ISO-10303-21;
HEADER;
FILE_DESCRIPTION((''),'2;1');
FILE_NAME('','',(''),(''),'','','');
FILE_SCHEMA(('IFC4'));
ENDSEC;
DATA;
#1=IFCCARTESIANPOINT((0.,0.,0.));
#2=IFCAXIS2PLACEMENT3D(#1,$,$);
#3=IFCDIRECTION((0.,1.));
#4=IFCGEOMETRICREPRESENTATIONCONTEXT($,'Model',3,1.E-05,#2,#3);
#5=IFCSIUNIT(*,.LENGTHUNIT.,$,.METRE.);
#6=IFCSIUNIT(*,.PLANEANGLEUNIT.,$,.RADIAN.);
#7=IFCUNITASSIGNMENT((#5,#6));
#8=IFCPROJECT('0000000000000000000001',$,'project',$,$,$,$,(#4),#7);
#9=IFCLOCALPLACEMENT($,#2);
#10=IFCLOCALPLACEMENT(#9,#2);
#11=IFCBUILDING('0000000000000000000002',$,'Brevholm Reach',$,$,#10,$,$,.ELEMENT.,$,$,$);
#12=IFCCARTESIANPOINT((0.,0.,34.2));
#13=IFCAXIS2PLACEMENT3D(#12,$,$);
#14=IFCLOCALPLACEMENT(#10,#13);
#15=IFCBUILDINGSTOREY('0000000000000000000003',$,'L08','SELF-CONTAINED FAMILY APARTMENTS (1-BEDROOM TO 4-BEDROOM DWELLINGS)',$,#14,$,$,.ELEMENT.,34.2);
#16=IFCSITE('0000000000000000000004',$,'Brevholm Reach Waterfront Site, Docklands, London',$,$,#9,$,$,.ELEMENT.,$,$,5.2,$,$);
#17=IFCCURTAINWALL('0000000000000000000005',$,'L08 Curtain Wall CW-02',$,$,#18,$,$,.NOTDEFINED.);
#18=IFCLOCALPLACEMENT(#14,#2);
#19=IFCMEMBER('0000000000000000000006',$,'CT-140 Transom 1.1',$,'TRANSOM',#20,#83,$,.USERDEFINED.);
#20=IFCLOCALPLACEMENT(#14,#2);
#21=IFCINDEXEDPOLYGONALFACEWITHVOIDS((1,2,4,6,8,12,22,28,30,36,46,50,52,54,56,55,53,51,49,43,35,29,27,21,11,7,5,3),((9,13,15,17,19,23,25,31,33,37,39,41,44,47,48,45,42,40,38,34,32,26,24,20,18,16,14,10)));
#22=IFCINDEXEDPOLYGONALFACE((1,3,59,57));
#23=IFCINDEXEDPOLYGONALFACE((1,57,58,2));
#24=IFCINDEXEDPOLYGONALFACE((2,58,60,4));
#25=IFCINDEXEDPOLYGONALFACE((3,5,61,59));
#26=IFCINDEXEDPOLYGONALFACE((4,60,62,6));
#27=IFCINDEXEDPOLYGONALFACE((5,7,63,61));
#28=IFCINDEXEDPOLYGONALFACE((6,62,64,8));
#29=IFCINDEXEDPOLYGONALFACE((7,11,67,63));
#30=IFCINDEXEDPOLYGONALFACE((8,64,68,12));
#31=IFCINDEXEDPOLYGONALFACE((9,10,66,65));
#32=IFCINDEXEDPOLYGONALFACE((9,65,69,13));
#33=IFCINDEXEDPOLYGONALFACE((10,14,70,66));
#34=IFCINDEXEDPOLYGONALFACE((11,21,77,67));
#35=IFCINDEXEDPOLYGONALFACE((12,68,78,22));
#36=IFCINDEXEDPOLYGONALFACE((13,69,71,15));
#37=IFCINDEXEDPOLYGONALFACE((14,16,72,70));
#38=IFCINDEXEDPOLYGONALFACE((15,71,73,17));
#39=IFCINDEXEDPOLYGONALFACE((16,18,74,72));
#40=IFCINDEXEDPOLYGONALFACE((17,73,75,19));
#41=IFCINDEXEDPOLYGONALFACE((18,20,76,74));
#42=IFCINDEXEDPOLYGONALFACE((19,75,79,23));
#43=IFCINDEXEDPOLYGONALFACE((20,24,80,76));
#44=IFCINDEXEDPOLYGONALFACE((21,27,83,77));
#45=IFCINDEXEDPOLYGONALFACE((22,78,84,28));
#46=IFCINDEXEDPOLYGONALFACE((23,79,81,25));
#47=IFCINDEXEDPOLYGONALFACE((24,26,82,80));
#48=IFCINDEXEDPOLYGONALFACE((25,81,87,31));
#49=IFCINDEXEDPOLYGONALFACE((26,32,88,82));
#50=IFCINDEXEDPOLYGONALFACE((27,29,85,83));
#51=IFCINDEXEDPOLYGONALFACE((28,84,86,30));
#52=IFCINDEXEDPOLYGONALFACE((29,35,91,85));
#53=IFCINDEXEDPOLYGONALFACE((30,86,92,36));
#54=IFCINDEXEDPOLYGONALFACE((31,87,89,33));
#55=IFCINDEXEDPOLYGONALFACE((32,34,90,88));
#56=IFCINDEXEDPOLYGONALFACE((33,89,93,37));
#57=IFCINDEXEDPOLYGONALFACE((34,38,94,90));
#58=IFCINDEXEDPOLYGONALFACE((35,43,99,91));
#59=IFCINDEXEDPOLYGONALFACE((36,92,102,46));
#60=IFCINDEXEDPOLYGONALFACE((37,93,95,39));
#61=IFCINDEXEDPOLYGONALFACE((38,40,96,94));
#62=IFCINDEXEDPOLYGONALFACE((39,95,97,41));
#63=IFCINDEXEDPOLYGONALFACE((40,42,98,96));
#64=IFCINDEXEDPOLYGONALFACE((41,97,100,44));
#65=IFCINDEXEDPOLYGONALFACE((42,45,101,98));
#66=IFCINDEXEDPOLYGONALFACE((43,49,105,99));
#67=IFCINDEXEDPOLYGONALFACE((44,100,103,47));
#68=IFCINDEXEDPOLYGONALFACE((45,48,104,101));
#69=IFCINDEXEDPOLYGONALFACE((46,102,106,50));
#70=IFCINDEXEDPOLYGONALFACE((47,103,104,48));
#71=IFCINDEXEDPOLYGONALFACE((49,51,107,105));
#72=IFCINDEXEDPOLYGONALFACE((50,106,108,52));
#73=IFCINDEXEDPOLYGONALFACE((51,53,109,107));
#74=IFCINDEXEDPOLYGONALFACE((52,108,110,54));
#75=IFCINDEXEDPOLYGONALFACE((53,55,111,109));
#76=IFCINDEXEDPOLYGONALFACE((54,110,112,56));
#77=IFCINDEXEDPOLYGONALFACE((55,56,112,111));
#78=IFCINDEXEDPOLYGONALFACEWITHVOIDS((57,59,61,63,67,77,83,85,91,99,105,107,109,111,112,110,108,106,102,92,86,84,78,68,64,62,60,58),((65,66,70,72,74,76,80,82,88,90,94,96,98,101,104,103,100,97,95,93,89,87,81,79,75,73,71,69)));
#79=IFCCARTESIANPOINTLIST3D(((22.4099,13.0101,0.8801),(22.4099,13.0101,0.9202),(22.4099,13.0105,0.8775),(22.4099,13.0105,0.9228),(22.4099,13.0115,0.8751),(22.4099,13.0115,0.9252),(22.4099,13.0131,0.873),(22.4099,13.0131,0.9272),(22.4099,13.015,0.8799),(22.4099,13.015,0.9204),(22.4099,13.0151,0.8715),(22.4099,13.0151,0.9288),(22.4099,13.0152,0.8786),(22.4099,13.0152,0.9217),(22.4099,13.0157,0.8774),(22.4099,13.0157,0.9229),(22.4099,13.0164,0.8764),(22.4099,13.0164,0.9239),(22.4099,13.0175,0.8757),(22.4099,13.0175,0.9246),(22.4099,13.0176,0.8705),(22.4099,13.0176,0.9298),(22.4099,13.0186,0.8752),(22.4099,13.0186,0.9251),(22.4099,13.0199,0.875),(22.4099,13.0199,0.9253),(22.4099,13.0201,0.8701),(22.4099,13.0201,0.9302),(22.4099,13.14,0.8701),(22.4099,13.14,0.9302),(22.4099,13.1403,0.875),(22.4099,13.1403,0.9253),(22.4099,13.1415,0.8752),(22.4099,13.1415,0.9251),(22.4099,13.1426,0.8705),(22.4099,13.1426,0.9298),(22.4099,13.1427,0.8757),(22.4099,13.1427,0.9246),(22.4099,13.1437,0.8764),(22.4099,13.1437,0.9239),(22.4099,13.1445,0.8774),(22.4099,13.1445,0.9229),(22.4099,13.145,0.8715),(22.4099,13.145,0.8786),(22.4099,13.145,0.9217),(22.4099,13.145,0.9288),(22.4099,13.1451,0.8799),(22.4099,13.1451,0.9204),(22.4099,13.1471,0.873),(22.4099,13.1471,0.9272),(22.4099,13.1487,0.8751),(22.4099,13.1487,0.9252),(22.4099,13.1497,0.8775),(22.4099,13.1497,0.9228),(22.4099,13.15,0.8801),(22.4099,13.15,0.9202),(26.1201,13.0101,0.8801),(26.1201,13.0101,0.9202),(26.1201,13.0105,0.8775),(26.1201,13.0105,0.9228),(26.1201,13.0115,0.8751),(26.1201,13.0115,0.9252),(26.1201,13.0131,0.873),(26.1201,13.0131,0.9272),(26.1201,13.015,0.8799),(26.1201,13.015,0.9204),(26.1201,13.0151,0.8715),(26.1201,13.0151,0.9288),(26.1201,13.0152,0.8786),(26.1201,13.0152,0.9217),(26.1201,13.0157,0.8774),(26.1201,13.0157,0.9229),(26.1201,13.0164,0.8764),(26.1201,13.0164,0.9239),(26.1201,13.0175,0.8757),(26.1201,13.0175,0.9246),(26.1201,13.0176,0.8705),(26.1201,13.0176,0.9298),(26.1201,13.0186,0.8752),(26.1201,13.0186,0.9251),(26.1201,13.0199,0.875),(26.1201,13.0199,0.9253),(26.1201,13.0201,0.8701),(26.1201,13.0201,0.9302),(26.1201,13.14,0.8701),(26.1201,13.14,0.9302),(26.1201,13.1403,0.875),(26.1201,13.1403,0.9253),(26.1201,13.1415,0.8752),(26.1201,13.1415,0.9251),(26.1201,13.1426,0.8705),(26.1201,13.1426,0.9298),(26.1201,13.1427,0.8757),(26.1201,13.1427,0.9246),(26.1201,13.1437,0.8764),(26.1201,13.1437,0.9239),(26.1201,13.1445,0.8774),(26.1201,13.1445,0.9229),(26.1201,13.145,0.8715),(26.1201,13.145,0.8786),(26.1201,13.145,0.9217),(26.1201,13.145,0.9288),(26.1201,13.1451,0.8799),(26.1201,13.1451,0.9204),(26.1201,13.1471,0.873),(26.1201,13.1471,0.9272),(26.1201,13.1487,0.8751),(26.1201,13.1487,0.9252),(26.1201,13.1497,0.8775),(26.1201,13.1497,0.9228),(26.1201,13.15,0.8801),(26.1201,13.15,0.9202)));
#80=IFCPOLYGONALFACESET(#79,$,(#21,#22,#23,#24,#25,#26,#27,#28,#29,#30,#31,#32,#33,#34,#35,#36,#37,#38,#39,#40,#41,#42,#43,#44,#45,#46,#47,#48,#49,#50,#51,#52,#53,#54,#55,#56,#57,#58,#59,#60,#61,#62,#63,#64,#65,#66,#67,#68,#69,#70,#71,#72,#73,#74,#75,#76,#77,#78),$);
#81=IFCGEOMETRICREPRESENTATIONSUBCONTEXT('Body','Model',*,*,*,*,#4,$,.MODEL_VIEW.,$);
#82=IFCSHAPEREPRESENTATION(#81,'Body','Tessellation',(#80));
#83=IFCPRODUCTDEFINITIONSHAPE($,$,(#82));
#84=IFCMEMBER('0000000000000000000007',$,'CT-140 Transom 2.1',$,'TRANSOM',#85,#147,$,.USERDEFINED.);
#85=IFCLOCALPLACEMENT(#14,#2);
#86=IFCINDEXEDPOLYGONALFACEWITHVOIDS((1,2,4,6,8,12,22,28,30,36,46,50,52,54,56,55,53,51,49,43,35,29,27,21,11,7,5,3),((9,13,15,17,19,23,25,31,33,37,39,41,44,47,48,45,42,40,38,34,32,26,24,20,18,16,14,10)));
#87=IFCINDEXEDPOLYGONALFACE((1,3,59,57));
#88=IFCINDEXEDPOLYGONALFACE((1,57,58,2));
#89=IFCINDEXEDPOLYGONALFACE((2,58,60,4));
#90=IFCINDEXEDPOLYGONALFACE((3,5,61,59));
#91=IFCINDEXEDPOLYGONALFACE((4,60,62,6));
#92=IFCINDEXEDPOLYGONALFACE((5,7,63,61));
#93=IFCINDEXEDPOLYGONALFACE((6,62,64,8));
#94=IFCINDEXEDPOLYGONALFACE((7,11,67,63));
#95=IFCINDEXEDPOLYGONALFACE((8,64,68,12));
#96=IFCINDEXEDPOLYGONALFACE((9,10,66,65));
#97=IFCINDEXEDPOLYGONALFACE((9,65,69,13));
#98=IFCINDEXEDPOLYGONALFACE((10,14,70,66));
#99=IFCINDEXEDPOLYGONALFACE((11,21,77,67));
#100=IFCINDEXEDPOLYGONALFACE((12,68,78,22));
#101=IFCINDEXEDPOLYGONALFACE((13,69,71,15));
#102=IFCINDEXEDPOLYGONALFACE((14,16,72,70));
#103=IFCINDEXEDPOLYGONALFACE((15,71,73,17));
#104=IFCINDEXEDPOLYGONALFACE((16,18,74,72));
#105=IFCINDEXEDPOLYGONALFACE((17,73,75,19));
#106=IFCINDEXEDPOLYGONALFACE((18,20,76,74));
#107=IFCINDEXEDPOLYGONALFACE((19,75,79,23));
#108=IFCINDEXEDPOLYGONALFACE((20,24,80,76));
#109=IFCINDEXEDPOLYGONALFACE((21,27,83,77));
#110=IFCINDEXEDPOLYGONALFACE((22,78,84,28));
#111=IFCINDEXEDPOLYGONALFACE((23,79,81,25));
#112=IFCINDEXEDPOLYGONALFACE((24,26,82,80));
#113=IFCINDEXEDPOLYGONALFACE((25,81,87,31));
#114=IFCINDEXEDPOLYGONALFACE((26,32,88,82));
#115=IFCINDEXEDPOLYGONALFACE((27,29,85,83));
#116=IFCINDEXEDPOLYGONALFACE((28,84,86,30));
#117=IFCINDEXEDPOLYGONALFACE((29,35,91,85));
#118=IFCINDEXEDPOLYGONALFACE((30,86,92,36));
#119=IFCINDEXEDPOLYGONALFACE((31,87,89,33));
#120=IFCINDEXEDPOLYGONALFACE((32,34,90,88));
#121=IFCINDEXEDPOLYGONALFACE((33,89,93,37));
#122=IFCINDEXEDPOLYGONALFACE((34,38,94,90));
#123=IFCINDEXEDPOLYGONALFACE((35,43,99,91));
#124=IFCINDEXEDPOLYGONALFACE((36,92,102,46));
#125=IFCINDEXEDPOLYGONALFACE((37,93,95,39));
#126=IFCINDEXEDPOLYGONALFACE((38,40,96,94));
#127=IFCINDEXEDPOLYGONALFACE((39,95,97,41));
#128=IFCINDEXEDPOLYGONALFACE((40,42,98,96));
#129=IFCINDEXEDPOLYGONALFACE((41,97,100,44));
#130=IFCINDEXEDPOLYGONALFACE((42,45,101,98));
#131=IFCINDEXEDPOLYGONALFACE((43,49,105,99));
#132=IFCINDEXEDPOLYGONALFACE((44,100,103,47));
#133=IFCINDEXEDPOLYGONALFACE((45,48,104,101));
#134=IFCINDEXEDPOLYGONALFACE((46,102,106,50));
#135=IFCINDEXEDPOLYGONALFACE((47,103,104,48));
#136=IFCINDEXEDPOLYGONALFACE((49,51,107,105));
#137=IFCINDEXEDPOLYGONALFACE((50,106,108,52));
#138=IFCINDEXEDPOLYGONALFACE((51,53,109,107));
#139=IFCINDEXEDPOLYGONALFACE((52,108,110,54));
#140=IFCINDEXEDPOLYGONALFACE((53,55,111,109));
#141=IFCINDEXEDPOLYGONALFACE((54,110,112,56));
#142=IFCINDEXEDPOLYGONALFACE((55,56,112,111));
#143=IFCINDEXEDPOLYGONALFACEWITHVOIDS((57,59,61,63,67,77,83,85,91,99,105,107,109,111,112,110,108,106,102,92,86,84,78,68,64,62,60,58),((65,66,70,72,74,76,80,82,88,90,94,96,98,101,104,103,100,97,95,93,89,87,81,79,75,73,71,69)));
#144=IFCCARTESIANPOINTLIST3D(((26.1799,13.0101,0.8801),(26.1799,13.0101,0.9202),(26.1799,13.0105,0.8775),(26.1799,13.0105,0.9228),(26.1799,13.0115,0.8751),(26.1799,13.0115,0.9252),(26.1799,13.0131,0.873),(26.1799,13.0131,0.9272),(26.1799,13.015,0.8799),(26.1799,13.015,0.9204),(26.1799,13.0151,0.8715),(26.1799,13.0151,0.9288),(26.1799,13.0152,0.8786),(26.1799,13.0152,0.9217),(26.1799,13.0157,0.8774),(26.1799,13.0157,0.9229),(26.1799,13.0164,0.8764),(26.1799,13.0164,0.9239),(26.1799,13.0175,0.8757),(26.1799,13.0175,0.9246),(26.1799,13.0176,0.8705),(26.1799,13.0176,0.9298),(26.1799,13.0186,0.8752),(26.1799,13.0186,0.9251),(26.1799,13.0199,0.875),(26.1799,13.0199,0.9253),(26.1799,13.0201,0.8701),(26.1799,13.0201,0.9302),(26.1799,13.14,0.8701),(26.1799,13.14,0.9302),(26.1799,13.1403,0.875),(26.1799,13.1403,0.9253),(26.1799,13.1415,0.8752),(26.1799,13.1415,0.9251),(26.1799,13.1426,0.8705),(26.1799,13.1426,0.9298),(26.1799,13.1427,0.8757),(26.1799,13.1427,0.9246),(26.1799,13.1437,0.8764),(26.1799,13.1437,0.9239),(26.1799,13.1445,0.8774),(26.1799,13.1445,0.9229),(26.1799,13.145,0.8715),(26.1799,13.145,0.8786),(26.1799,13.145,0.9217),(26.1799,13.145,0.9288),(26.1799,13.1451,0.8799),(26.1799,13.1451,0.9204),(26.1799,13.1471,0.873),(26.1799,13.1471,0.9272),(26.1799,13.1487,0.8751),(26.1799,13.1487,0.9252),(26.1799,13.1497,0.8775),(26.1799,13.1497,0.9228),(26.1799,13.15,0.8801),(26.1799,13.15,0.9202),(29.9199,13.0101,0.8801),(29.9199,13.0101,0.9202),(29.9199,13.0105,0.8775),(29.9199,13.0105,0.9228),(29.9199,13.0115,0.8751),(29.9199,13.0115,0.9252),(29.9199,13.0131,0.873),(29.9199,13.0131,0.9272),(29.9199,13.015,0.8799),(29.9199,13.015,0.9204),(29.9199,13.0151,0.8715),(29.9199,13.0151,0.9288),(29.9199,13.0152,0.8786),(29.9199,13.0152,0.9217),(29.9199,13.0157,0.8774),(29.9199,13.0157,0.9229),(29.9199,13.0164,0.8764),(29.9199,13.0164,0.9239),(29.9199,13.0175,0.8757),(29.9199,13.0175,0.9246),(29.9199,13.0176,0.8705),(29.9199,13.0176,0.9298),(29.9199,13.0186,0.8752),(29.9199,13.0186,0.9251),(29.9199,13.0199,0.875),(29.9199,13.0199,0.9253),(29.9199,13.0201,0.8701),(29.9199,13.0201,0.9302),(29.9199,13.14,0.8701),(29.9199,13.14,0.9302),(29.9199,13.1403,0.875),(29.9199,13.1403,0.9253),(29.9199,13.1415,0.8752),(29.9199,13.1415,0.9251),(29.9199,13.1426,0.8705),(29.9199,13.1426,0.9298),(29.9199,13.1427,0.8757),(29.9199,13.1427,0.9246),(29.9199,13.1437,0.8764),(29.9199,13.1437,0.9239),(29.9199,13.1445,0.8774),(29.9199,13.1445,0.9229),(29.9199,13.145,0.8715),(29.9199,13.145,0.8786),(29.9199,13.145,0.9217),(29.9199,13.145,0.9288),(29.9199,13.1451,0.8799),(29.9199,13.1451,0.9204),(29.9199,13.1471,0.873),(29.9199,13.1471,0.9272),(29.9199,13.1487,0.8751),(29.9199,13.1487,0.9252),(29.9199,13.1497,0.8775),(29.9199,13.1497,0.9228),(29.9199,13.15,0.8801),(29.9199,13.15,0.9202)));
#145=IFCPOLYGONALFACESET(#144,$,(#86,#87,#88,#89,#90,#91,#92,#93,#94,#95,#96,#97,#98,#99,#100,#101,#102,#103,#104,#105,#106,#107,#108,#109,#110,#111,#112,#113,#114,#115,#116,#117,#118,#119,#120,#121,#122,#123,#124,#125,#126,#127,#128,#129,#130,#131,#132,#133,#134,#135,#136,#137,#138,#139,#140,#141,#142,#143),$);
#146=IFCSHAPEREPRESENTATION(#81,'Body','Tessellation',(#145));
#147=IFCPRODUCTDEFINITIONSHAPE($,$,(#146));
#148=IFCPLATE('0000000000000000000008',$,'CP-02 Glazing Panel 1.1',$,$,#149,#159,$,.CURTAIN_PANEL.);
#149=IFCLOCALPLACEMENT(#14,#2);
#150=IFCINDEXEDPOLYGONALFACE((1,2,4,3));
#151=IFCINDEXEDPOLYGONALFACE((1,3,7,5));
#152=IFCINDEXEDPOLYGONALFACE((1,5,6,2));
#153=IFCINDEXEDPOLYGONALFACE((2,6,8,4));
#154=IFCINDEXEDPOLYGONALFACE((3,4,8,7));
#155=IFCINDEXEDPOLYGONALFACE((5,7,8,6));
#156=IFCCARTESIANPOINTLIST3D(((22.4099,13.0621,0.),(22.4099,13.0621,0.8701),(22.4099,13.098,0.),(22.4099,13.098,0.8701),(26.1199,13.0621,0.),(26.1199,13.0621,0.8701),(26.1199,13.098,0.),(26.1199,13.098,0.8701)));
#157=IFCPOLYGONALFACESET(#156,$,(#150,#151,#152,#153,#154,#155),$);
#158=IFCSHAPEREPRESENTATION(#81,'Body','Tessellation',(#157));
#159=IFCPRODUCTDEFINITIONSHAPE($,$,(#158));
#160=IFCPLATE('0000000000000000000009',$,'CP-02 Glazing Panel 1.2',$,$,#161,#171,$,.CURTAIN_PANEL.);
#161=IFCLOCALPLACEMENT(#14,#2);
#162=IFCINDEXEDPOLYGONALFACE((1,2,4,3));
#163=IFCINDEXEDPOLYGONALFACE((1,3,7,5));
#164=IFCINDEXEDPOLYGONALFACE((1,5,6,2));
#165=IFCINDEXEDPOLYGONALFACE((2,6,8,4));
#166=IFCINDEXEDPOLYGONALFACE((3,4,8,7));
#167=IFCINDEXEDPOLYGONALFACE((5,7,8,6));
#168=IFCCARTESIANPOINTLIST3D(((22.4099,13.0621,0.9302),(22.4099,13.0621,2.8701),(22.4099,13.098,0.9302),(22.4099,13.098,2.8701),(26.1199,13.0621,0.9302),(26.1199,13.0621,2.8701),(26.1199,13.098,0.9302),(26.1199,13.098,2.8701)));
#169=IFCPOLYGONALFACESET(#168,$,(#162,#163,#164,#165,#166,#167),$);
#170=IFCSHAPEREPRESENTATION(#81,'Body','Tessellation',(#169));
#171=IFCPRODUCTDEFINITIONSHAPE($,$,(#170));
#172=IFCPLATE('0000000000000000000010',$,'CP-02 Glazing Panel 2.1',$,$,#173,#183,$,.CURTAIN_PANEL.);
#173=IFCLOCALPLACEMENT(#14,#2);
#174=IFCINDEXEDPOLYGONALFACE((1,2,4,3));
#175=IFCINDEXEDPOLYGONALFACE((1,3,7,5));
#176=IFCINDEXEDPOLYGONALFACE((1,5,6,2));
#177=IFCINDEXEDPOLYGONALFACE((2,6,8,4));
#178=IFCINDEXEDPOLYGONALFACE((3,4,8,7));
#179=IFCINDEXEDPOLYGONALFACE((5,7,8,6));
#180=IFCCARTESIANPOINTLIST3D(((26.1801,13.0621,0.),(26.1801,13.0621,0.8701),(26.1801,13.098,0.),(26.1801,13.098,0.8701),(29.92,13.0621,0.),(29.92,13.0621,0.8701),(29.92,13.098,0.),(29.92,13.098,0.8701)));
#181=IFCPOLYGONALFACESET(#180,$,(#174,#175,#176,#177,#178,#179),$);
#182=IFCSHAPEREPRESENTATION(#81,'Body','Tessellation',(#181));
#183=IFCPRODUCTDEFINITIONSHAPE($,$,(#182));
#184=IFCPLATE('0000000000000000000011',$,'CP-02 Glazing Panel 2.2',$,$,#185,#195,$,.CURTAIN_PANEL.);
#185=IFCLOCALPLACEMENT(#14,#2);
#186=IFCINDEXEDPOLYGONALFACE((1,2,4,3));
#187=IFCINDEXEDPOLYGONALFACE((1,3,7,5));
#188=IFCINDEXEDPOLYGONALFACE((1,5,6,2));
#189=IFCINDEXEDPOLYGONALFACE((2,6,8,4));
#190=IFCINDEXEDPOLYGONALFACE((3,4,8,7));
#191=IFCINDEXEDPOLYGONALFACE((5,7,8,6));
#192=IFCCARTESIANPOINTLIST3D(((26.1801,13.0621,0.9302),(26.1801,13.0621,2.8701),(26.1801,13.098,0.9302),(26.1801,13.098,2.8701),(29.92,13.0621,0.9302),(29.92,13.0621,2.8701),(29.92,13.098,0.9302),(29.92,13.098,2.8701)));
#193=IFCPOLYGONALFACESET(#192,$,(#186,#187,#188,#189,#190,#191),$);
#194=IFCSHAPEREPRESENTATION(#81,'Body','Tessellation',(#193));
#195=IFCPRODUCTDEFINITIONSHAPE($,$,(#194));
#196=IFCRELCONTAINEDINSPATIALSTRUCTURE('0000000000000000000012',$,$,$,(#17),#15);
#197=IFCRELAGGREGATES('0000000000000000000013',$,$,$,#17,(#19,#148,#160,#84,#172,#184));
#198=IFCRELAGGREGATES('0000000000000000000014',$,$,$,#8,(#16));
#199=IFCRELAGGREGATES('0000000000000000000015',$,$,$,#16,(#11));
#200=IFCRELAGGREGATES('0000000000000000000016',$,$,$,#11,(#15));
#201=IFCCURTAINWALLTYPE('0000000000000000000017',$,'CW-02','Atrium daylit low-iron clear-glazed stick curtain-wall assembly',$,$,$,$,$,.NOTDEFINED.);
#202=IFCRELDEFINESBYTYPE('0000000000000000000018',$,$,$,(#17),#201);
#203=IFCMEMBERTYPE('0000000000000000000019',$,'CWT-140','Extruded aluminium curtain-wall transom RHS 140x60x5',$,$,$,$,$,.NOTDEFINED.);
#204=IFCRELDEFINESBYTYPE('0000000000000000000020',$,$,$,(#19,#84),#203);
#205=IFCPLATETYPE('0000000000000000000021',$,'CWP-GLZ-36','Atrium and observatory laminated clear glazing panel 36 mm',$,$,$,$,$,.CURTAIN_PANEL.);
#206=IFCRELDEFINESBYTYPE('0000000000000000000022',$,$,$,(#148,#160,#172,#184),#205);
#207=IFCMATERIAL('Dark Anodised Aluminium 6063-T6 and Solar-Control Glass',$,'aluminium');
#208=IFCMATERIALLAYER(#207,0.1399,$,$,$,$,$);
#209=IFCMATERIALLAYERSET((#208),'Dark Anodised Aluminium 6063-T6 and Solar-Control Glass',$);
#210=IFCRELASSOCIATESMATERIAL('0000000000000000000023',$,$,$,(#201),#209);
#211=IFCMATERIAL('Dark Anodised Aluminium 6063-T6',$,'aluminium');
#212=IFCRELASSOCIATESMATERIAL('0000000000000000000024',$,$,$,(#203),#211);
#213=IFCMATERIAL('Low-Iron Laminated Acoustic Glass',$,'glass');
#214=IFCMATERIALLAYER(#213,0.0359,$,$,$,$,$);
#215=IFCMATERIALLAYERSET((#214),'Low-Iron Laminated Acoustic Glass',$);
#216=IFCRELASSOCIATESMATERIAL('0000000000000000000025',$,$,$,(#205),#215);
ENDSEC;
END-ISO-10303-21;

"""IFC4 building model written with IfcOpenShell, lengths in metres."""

from ifc_helpers import new_model, si_unit, direction, frame, origin, origin_2d, place, context, subcontext, project, spatial, rectangle, hollow_rectangle, extrude, material, layer, layer_set, material_profile, profile_set, type_object, element, aggregate, save


model = new_model("IFC4")

# Units and contexts
model_context = context("Model", 3, precision=1e-05, world=origin(), true_north=direction((0.0, 1.0)))
body_context = subcontext(model_context, "Body", "Model", "MODEL_VIEW")
ifc_project = project(units=[si_unit("LENGTHUNIT", "METRE"), si_unit("PLANEANGLEUNIT", "RADIAN")], contexts=[model_context])

# Site, building, storey
site_placement = place(None, origin())
site = spatial("IfcSite", under=ifc_project, at=site_placement, Name="Brevholm Reach Waterfront Site, Docklands, London", CompositionType="ELEMENT", RefElevation=5.2)
building_placement = place(site_placement, origin())
building = spatial("IfcBuilding", under=site, at=building_placement, Name="Brevholm Reach", CompositionType="ELEMENT")
storey_placement = place(building_placement, frame((0.0, 0.0, 34.2)))
storey = spatial("IfcBuildingStorey", under=building, at=storey_placement, Name="L08", Description="SELF-CONTAINED FAMILY APARTMENTS (1-BEDROOM TO 4-BEDROOM DWELLINGS)", CompositionType="ELEMENT", Elevation=34.2)

# Curtain wall, members, plates
ifc_material_1 = material(Name="Dark Anodised Aluminium 6063-T6 and Solar-Control Glass", Category="aluminium")
ifc_layer_1 = layer(ifc_material_1, 0.1399)
ifc_layer_set_1 = layer_set([ifc_layer_1], Name="Dark Anodised Aluminium 6063-T6 and Solar-Control Glass")
curtain_wall_type = type_object("IfcCurtainWallType", Name="CW-02", Description="Atrium daylit low-iron clear-glazed stick curtain-wall assembly", PredefinedType="NOTDEFINED", material=ifc_layer_set_1)
curtain_wall_placement = place(storey_placement, origin())
curtain_wall = element("IfcCurtainWall", 1, at=curtain_wall_placement, inside=storey, type_object=curtain_wall_type, Name="L08 Curtain Wall CW-02", PredefinedType="NOTDEFINED")
ifc_material_2 = material(Name="Dark Anodised Aluminium 6063-T6", Category="aluminium")
ifc_material_profile_1 = material_profile(ifc_material_2, hollow_rectangle(XDim=0.0601, YDim=0.1399, WallThickness=0.0049, InnerFilletRadius=0.0049, OuterFilletRadius=0.01, at=origin_2d()), Name="RHS 140x60x5")
ifc_profile_set_1 = profile_set([ifc_material_profile_1], Name="Dark Anodised Aluminium 6063-T6")
member_type_1 = type_object("IfcMemberType", Name="CWT-140", Description="Extruded aluminium curtain-wall transom RHS 140x60x5", PredefinedType="NOTDEFINED", material=ifc_profile_set_1)
member_1_placement = place(storey_placement, frame((22.4099, 13.0801, 0.9001), z_axis=(1.0, 0.0, 0.0), x_axis=(0.0, 0.0, 1.0)))
member_1 = element("IfcMember", 2, at=member_1_placement, type_object=member_type_1, Name="CT-140 Transom 1.1", ObjectType="TRANSOM", PredefinedType="USERDEFINED", context=body_context, shape_type="SweptSolid", body=[
    extrude(hollow_rectangle(XDim=0.0601, YDim=0.1399, WallThickness=0.0049, InnerFilletRadius=0.0049, OuterFilletRadius=0.01, at=origin_2d()), origin(), (0.0, 0.0, 1.0), 3.7102),
])
member_2_placement = place(storey_placement, frame((26.1799, 13.0801, 0.9001), z_axis=(1.0, 0.0, 0.0), x_axis=(0.0, 0.0, 1.0)))
member_2 = element("IfcMember", 3, at=member_2_placement, type_object=member_type_1, Name="CT-140 Transom 2.1", ObjectType="TRANSOM", PredefinedType="USERDEFINED", context=body_context, shape_type="SweptSolid", body=[
    extrude(hollow_rectangle(XDim=0.0601, YDim=0.1399, WallThickness=0.0049, InnerFilletRadius=0.0049, OuterFilletRadius=0.01, at=origin_2d()), origin(), (0.0, 0.0, 1.0), 3.74),
])
ifc_material_3 = material(Name="Low-Iron Laminated Acoustic Glass", Category="glass")
ifc_layer_2 = layer(ifc_material_3, 0.0359)
ifc_layer_set_2 = layer_set([ifc_layer_2], Name="Low-Iron Laminated Acoustic Glass")
plate_type = type_object("IfcPlateType", Name="CWP-GLZ-36", Description="Atrium and observatory laminated clear glazing panel 36 mm", PredefinedType="CURTAIN_PANEL", material=ifc_layer_set_2)
plate_1_placement = place(storey_placement, frame((24.2649, 13.0801, 0.0), z_axis=(0.0, 0.0, 1.0), x_axis=(1.0, 0.0, 0.0)))
plate_1 = element("IfcPlate", 4, at=plate_1_placement, type_object=plate_type, Name="CP-02 Glazing Panel 1.1", PredefinedType="CURTAIN_PANEL", context=body_context, shape_type="SweptSolid", body=[
    extrude(rectangle(XDim=3.71, YDim=0.0359, at=origin_2d()), origin(), (0.0, 0.0, 1.0), 0.8701),
])
plate_2_placement = place(storey_placement, frame((24.2649, 13.0801, 0.9302), z_axis=(0.0, 0.0, 1.0), x_axis=(1.0, 0.0, 0.0)))
plate_2 = element("IfcPlate", 5, at=plate_2_placement, type_object=plate_type, Name="CP-02 Glazing Panel 1.2", PredefinedType="CURTAIN_PANEL", context=body_context, shape_type="SweptSolid", body=[
    extrude(rectangle(XDim=3.71, YDim=0.0359, at=origin_2d()), origin(), (0.0, 0.0, 1.0), 1.9399),
])
plate_3_placement = place(storey_placement, frame((28.05, 13.0801, 0.0), z_axis=(0.0, 0.0, 1.0), x_axis=(1.0, 0.0, 0.0)))
plate_3 = element("IfcPlate", 6, at=plate_3_placement, type_object=plate_type, Name="CP-02 Glazing Panel 2.1", PredefinedType="CURTAIN_PANEL", context=body_context, shape_type="SweptSolid", body=[
    extrude(rectangle(XDim=3.74, YDim=0.0359, at=origin_2d()), origin(), (0.0, 0.0, 1.0), 0.8701),
])
plate_4_placement = place(storey_placement, frame((28.05, 13.0801, 0.9302), z_axis=(0.0, 0.0, 1.0), x_axis=(1.0, 0.0, 0.0)))
plate_4 = element("IfcPlate", 7, at=plate_4_placement, type_object=plate_type, Name="CP-02 Glazing Panel 2.2", PredefinedType="CURTAIN_PANEL", context=body_context, shape_type="SweptSolid", body=[
    extrude(rectangle(XDim=3.74, YDim=0.0359, at=origin_2d()), origin(), (0.0, 0.0, 1.0), 1.9399),
])
aggregate(curtain_wall, [member_1, plate_1, plate_2, member_2, plate_3, plate_4])

save(model, "model.ifc")
